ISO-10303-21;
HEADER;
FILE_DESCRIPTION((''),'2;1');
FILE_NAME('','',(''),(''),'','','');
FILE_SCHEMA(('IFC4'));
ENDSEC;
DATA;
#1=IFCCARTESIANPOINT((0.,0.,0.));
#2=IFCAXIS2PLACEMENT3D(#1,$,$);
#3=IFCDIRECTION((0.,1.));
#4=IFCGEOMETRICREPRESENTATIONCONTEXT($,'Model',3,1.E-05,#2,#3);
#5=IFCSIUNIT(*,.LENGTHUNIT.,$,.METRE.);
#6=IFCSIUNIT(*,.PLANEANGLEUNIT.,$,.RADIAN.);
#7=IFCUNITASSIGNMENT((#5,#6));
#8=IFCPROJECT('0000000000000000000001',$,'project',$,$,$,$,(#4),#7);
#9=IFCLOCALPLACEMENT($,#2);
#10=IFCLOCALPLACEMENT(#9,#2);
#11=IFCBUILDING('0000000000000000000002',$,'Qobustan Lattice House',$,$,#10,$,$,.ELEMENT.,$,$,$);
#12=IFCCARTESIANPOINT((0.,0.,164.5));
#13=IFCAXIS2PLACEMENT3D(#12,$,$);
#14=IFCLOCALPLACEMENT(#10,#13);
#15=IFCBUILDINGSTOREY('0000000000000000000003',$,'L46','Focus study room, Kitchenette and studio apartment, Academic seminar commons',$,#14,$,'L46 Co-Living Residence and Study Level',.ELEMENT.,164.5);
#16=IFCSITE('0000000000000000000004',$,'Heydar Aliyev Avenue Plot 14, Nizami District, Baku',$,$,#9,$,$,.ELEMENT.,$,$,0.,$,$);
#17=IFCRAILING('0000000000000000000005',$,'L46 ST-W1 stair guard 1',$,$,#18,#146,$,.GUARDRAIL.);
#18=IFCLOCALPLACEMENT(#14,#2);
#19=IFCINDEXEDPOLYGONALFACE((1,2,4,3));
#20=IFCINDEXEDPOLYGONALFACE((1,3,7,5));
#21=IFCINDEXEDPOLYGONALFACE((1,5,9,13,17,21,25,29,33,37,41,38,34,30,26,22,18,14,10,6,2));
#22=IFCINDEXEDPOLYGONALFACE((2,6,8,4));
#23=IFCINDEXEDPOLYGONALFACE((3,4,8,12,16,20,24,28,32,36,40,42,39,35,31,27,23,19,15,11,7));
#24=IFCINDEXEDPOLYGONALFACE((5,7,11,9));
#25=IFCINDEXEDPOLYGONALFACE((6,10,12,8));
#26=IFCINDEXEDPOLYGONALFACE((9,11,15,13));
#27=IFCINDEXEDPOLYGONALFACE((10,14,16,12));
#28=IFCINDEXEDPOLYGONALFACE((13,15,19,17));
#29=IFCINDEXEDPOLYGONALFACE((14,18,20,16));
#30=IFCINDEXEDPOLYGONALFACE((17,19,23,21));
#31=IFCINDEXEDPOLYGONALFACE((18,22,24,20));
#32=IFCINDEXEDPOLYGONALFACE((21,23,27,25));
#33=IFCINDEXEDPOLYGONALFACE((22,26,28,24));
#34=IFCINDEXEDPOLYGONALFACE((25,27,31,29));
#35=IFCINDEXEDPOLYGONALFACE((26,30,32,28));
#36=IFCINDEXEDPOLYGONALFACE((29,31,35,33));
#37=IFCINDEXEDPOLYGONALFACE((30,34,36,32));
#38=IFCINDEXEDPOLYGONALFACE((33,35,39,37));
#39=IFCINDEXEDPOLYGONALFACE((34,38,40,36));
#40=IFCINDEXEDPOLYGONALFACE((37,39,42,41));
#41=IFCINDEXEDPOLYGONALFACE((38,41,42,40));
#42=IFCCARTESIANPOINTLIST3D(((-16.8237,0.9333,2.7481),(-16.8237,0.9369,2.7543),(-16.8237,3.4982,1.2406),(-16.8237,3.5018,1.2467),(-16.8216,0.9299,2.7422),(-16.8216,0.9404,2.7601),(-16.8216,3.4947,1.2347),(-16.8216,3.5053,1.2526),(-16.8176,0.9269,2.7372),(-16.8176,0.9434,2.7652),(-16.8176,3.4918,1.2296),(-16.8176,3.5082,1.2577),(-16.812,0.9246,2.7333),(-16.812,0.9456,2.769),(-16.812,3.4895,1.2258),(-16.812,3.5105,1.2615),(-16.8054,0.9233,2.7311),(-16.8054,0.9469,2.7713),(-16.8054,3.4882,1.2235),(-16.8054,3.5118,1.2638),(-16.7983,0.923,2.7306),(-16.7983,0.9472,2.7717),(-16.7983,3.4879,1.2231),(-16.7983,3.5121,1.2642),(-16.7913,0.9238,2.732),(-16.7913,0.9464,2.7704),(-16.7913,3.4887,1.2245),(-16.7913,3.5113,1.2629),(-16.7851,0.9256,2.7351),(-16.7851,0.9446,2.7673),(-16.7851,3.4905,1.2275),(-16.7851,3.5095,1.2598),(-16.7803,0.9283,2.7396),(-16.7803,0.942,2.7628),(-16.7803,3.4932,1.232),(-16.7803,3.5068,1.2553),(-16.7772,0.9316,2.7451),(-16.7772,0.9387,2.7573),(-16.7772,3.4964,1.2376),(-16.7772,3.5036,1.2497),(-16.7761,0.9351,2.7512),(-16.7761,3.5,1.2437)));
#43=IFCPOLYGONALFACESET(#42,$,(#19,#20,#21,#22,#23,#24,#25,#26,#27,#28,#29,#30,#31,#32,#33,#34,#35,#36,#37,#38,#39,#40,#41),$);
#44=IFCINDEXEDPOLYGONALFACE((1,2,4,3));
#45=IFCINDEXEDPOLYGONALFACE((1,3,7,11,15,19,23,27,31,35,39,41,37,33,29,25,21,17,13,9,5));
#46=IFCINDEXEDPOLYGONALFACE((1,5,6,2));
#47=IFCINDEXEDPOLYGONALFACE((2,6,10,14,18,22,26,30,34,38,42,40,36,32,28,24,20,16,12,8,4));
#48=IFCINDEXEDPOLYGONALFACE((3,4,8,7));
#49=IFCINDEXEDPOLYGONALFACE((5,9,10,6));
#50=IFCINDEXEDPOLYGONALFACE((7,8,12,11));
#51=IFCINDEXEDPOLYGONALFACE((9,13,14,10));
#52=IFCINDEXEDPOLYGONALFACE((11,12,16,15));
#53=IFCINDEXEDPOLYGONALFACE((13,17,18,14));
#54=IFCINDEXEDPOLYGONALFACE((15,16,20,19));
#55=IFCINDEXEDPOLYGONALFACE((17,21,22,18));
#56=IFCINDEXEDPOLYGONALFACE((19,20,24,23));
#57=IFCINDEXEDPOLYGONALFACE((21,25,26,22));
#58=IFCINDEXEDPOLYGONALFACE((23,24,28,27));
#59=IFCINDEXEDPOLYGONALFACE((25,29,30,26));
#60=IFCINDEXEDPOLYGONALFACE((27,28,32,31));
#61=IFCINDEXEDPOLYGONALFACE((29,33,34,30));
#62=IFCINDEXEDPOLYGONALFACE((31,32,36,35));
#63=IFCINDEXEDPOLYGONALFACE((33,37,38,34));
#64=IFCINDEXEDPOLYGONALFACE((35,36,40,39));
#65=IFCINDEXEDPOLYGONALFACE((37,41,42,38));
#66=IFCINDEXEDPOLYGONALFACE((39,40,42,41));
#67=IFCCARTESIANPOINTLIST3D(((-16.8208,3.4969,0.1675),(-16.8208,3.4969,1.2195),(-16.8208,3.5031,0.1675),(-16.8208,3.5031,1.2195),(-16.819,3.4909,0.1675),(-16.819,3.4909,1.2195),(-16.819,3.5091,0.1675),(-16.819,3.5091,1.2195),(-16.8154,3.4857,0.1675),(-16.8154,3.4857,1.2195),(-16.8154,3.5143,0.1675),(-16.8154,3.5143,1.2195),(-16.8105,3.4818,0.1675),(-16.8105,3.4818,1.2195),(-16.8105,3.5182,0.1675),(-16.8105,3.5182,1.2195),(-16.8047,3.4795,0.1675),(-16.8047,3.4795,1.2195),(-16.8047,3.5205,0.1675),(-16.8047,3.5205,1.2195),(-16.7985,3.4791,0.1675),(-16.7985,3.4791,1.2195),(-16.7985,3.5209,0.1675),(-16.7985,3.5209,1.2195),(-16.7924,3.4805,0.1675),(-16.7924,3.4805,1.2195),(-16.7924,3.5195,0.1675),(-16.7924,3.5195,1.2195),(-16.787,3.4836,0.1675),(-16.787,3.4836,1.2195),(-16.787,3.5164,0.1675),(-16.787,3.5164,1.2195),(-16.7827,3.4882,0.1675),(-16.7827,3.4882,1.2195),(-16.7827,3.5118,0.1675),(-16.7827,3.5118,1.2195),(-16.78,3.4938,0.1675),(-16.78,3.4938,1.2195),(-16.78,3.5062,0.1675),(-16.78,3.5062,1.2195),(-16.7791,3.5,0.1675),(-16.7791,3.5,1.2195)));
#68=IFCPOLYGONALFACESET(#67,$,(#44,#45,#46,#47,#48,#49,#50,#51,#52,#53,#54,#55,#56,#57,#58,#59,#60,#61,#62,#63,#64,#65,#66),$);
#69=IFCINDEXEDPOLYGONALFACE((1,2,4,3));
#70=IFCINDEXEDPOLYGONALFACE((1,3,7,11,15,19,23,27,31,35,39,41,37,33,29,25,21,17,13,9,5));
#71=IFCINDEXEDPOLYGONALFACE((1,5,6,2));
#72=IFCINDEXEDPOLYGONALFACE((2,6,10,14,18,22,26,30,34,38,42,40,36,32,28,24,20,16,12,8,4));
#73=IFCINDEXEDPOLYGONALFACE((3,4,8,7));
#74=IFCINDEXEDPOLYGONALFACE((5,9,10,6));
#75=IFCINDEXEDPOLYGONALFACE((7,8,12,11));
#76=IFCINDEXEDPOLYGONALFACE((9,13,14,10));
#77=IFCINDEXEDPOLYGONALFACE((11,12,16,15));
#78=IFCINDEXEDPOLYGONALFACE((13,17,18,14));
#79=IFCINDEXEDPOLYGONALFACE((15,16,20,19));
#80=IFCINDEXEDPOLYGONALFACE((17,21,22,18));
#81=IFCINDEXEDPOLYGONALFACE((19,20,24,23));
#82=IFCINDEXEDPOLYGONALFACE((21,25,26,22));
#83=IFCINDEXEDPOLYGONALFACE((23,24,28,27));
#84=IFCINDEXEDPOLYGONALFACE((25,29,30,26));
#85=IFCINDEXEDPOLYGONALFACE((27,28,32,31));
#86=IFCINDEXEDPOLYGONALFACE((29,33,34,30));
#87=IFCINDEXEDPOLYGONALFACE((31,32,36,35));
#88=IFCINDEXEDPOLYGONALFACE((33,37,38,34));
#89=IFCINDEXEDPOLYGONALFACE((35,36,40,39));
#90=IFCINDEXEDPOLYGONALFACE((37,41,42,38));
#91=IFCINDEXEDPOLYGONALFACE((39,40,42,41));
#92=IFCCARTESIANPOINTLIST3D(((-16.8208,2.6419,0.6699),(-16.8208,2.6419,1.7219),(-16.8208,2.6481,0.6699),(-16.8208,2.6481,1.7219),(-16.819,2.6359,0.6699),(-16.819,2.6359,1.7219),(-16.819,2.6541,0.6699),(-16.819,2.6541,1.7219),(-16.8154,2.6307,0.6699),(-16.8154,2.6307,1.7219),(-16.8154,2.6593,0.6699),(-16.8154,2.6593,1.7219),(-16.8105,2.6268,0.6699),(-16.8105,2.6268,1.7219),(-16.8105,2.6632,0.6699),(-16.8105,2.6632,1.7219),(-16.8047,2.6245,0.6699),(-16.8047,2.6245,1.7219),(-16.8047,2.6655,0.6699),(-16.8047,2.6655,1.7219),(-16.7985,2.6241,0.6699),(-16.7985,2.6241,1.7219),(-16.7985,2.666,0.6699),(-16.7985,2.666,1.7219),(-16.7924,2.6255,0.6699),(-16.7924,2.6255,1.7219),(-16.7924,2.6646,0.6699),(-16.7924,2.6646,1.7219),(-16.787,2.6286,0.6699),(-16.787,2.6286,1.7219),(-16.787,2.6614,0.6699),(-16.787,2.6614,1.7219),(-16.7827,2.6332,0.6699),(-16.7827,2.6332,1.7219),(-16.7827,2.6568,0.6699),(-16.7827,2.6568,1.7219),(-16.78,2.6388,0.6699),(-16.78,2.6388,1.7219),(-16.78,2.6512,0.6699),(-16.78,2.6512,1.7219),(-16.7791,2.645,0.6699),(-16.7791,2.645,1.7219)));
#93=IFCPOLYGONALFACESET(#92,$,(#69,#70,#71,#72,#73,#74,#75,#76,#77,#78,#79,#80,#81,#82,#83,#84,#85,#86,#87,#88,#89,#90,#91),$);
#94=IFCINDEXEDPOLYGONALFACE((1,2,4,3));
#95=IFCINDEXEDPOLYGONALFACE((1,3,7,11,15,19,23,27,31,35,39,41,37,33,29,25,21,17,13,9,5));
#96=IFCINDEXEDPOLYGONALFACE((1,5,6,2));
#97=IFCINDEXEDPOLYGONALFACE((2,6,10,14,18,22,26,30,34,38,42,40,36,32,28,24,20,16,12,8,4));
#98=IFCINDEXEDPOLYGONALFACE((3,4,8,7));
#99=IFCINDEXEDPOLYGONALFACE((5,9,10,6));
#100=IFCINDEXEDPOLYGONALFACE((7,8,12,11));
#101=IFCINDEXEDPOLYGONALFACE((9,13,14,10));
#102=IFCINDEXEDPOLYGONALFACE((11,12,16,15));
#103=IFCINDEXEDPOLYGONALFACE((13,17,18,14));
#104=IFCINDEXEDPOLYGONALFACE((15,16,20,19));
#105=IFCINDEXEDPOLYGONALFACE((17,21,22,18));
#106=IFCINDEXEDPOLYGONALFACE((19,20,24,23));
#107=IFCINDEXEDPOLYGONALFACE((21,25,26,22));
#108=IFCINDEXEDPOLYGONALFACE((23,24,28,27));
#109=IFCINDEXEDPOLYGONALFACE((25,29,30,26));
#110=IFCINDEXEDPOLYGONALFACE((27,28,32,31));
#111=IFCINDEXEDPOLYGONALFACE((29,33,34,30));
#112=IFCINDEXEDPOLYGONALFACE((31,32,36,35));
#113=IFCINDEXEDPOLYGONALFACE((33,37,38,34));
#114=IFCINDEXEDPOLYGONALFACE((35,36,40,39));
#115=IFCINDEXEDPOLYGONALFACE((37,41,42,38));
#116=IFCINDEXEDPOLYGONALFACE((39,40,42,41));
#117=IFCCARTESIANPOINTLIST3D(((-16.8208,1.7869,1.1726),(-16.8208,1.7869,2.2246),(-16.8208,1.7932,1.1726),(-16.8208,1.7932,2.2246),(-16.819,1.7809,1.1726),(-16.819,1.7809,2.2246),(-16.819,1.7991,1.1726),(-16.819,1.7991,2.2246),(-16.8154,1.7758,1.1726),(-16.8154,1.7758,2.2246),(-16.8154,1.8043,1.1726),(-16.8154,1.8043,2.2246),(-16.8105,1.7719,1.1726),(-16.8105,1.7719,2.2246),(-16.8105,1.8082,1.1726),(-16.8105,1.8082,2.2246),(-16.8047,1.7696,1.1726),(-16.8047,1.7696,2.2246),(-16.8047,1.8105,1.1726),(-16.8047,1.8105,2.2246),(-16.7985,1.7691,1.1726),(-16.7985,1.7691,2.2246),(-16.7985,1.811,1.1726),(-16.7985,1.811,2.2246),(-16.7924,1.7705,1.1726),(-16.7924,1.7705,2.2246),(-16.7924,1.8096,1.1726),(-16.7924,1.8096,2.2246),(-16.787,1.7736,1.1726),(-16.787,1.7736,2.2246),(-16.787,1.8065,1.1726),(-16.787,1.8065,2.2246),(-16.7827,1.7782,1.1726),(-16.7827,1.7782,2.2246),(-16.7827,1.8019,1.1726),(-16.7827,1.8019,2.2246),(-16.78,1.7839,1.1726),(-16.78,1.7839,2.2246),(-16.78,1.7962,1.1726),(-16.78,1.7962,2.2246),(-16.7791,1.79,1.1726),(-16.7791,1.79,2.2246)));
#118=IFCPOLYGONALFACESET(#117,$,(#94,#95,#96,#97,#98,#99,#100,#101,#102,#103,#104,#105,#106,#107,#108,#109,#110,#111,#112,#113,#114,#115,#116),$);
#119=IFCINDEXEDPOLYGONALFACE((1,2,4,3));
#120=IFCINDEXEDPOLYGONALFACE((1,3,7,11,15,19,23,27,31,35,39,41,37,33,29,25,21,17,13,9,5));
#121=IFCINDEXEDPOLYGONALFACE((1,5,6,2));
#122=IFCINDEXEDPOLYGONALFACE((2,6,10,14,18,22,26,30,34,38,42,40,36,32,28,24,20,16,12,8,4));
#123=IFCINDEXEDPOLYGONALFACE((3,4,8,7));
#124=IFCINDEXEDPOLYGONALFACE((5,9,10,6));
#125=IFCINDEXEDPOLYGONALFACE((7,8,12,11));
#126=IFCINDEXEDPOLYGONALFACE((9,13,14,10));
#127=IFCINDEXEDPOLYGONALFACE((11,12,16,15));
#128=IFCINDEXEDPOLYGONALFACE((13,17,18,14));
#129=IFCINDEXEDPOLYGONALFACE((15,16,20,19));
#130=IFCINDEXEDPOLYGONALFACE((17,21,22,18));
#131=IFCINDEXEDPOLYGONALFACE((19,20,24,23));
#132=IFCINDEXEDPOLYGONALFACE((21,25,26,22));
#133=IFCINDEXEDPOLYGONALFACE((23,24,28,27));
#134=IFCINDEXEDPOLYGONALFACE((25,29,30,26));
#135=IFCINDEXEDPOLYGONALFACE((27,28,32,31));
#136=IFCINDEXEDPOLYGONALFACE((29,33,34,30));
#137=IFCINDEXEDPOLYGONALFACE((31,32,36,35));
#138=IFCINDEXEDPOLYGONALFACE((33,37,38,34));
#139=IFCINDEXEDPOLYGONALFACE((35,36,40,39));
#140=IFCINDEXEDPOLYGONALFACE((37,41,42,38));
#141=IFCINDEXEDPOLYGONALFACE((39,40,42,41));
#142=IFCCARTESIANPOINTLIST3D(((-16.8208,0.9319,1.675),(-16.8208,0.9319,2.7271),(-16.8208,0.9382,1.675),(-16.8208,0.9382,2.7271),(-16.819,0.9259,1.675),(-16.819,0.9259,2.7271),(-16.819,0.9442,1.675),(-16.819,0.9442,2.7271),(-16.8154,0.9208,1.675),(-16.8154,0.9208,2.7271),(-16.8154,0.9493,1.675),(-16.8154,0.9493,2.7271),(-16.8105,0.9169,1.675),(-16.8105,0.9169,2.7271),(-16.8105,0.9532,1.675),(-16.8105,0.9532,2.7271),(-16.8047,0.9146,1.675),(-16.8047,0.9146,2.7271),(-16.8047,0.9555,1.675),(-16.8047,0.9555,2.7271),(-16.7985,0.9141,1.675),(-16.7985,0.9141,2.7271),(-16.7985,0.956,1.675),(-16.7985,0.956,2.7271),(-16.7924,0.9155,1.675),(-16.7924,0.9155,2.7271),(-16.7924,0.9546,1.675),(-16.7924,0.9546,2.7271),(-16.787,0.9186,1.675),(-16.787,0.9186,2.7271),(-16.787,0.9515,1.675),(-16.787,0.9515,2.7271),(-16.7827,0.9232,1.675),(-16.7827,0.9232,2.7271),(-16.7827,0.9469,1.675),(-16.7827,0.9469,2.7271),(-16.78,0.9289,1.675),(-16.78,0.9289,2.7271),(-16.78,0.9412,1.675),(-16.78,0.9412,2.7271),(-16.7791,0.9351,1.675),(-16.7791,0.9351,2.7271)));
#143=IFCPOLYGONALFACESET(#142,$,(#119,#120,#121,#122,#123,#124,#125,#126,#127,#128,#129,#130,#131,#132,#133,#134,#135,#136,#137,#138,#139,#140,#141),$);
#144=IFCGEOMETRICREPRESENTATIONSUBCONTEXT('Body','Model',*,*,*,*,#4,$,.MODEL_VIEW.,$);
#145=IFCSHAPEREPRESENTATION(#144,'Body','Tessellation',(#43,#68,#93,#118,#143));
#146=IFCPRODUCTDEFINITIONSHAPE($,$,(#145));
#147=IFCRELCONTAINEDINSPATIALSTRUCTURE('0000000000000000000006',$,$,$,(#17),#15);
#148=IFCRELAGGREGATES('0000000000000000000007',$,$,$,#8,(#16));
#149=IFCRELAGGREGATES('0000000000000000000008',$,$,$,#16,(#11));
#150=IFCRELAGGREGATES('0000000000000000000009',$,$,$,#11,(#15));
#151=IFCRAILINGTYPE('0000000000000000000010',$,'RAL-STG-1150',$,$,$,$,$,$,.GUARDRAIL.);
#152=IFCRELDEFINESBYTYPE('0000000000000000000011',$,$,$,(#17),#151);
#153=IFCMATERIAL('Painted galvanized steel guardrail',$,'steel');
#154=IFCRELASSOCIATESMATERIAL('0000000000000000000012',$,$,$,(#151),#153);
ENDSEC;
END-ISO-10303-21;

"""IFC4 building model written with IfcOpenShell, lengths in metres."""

from ifc_helpers import new_model, si_unit, direction, frame, origin, origin_2d, place, context, subcontext, project, spatial, circle, extrude, material, type_object, element, save


model = new_model("IFC4")

# Units and contexts
model_context = context("Model", 3, precision=1e-05, world=origin(), true_north=direction((0.0, 1.0)))
body_context = subcontext(model_context, "Body", "Model", "MODEL_VIEW")
ifc_project = project(units=[si_unit("LENGTHUNIT", "METRE"), si_unit("PLANEANGLEUNIT", "RADIAN")], contexts=[model_context])

# Site, building, storey
site_placement = place(None, origin())
site = spatial("IfcSite", under=ifc_project, at=site_placement, Name="Heydar Aliyev Avenue Plot 14, Nizami District, Baku", CompositionType="ELEMENT", RefElevation=0.0)
building_placement = place(site_placement, origin())
building = spatial("IfcBuilding", under=site, at=building_placement, Name="Qobustan Lattice House", CompositionType="ELEMENT")
storey_placement = place(building_placement, frame((0.0, 0.0, 164.5)))
storey = spatial("IfcBuildingStorey", under=building, at=storey_placement, Name="L46", Description="Focus study room, Kitchenette and studio apartment, Academic seminar commons", LongName="L46 Co-Living Residence and Study Level", CompositionType="ELEMENT", Elevation=164.5)

# Railing
ifc_material_1 = material(Name="Painted galvanized steel guardrail", Category="steel")
railing_type_1 = type_object("IfcRailingType", Name="RAL-STG-1150", PredefinedType="GUARDRAIL", material=ifc_material_1)
railing_1_placement = place(storey_placement, frame((-16.8, 3.5, 0.1675)))
element("IfcRailing", 1, at=railing_1_placement, inside=storey, type_object=railing_type_1, Name="L46 ST-W1 stair guard 1", PredefinedType="GUARDRAIL", context=body_context, shape_type="SweptSolid", body=[
    extrude(circle(Radius=0.0239, at=origin_2d()), frame((0.0, 0.0, 1.0762), z_axis=(0.0, -0.862113, 0.506715), x_axis=(1.0, 0.0, 0.0)), (0.0, 0.0, 1.0), 2.9751),
    extrude(circle(Radius=0.021, at=origin_2d()), origin(), (0.0, 0.0, 1.0), 1.052),
    extrude(circle(Radius=0.021, at=origin_2d()), frame((0.0, -0.855, 0.5024)), (0.0, 0.0, 1.0), 1.052),
    extrude(circle(Radius=0.021, at=origin_2d()), frame((0.0, -1.71, 1.0051)), (0.0, 0.0, 1.0), 1.052),
    extrude(circle(Radius=0.021, at=origin_2d()), frame((0.0, -2.5649, 1.5076)), (0.0, 0.0, 1.0), 1.052),
])

save(model, "model.ifc")
